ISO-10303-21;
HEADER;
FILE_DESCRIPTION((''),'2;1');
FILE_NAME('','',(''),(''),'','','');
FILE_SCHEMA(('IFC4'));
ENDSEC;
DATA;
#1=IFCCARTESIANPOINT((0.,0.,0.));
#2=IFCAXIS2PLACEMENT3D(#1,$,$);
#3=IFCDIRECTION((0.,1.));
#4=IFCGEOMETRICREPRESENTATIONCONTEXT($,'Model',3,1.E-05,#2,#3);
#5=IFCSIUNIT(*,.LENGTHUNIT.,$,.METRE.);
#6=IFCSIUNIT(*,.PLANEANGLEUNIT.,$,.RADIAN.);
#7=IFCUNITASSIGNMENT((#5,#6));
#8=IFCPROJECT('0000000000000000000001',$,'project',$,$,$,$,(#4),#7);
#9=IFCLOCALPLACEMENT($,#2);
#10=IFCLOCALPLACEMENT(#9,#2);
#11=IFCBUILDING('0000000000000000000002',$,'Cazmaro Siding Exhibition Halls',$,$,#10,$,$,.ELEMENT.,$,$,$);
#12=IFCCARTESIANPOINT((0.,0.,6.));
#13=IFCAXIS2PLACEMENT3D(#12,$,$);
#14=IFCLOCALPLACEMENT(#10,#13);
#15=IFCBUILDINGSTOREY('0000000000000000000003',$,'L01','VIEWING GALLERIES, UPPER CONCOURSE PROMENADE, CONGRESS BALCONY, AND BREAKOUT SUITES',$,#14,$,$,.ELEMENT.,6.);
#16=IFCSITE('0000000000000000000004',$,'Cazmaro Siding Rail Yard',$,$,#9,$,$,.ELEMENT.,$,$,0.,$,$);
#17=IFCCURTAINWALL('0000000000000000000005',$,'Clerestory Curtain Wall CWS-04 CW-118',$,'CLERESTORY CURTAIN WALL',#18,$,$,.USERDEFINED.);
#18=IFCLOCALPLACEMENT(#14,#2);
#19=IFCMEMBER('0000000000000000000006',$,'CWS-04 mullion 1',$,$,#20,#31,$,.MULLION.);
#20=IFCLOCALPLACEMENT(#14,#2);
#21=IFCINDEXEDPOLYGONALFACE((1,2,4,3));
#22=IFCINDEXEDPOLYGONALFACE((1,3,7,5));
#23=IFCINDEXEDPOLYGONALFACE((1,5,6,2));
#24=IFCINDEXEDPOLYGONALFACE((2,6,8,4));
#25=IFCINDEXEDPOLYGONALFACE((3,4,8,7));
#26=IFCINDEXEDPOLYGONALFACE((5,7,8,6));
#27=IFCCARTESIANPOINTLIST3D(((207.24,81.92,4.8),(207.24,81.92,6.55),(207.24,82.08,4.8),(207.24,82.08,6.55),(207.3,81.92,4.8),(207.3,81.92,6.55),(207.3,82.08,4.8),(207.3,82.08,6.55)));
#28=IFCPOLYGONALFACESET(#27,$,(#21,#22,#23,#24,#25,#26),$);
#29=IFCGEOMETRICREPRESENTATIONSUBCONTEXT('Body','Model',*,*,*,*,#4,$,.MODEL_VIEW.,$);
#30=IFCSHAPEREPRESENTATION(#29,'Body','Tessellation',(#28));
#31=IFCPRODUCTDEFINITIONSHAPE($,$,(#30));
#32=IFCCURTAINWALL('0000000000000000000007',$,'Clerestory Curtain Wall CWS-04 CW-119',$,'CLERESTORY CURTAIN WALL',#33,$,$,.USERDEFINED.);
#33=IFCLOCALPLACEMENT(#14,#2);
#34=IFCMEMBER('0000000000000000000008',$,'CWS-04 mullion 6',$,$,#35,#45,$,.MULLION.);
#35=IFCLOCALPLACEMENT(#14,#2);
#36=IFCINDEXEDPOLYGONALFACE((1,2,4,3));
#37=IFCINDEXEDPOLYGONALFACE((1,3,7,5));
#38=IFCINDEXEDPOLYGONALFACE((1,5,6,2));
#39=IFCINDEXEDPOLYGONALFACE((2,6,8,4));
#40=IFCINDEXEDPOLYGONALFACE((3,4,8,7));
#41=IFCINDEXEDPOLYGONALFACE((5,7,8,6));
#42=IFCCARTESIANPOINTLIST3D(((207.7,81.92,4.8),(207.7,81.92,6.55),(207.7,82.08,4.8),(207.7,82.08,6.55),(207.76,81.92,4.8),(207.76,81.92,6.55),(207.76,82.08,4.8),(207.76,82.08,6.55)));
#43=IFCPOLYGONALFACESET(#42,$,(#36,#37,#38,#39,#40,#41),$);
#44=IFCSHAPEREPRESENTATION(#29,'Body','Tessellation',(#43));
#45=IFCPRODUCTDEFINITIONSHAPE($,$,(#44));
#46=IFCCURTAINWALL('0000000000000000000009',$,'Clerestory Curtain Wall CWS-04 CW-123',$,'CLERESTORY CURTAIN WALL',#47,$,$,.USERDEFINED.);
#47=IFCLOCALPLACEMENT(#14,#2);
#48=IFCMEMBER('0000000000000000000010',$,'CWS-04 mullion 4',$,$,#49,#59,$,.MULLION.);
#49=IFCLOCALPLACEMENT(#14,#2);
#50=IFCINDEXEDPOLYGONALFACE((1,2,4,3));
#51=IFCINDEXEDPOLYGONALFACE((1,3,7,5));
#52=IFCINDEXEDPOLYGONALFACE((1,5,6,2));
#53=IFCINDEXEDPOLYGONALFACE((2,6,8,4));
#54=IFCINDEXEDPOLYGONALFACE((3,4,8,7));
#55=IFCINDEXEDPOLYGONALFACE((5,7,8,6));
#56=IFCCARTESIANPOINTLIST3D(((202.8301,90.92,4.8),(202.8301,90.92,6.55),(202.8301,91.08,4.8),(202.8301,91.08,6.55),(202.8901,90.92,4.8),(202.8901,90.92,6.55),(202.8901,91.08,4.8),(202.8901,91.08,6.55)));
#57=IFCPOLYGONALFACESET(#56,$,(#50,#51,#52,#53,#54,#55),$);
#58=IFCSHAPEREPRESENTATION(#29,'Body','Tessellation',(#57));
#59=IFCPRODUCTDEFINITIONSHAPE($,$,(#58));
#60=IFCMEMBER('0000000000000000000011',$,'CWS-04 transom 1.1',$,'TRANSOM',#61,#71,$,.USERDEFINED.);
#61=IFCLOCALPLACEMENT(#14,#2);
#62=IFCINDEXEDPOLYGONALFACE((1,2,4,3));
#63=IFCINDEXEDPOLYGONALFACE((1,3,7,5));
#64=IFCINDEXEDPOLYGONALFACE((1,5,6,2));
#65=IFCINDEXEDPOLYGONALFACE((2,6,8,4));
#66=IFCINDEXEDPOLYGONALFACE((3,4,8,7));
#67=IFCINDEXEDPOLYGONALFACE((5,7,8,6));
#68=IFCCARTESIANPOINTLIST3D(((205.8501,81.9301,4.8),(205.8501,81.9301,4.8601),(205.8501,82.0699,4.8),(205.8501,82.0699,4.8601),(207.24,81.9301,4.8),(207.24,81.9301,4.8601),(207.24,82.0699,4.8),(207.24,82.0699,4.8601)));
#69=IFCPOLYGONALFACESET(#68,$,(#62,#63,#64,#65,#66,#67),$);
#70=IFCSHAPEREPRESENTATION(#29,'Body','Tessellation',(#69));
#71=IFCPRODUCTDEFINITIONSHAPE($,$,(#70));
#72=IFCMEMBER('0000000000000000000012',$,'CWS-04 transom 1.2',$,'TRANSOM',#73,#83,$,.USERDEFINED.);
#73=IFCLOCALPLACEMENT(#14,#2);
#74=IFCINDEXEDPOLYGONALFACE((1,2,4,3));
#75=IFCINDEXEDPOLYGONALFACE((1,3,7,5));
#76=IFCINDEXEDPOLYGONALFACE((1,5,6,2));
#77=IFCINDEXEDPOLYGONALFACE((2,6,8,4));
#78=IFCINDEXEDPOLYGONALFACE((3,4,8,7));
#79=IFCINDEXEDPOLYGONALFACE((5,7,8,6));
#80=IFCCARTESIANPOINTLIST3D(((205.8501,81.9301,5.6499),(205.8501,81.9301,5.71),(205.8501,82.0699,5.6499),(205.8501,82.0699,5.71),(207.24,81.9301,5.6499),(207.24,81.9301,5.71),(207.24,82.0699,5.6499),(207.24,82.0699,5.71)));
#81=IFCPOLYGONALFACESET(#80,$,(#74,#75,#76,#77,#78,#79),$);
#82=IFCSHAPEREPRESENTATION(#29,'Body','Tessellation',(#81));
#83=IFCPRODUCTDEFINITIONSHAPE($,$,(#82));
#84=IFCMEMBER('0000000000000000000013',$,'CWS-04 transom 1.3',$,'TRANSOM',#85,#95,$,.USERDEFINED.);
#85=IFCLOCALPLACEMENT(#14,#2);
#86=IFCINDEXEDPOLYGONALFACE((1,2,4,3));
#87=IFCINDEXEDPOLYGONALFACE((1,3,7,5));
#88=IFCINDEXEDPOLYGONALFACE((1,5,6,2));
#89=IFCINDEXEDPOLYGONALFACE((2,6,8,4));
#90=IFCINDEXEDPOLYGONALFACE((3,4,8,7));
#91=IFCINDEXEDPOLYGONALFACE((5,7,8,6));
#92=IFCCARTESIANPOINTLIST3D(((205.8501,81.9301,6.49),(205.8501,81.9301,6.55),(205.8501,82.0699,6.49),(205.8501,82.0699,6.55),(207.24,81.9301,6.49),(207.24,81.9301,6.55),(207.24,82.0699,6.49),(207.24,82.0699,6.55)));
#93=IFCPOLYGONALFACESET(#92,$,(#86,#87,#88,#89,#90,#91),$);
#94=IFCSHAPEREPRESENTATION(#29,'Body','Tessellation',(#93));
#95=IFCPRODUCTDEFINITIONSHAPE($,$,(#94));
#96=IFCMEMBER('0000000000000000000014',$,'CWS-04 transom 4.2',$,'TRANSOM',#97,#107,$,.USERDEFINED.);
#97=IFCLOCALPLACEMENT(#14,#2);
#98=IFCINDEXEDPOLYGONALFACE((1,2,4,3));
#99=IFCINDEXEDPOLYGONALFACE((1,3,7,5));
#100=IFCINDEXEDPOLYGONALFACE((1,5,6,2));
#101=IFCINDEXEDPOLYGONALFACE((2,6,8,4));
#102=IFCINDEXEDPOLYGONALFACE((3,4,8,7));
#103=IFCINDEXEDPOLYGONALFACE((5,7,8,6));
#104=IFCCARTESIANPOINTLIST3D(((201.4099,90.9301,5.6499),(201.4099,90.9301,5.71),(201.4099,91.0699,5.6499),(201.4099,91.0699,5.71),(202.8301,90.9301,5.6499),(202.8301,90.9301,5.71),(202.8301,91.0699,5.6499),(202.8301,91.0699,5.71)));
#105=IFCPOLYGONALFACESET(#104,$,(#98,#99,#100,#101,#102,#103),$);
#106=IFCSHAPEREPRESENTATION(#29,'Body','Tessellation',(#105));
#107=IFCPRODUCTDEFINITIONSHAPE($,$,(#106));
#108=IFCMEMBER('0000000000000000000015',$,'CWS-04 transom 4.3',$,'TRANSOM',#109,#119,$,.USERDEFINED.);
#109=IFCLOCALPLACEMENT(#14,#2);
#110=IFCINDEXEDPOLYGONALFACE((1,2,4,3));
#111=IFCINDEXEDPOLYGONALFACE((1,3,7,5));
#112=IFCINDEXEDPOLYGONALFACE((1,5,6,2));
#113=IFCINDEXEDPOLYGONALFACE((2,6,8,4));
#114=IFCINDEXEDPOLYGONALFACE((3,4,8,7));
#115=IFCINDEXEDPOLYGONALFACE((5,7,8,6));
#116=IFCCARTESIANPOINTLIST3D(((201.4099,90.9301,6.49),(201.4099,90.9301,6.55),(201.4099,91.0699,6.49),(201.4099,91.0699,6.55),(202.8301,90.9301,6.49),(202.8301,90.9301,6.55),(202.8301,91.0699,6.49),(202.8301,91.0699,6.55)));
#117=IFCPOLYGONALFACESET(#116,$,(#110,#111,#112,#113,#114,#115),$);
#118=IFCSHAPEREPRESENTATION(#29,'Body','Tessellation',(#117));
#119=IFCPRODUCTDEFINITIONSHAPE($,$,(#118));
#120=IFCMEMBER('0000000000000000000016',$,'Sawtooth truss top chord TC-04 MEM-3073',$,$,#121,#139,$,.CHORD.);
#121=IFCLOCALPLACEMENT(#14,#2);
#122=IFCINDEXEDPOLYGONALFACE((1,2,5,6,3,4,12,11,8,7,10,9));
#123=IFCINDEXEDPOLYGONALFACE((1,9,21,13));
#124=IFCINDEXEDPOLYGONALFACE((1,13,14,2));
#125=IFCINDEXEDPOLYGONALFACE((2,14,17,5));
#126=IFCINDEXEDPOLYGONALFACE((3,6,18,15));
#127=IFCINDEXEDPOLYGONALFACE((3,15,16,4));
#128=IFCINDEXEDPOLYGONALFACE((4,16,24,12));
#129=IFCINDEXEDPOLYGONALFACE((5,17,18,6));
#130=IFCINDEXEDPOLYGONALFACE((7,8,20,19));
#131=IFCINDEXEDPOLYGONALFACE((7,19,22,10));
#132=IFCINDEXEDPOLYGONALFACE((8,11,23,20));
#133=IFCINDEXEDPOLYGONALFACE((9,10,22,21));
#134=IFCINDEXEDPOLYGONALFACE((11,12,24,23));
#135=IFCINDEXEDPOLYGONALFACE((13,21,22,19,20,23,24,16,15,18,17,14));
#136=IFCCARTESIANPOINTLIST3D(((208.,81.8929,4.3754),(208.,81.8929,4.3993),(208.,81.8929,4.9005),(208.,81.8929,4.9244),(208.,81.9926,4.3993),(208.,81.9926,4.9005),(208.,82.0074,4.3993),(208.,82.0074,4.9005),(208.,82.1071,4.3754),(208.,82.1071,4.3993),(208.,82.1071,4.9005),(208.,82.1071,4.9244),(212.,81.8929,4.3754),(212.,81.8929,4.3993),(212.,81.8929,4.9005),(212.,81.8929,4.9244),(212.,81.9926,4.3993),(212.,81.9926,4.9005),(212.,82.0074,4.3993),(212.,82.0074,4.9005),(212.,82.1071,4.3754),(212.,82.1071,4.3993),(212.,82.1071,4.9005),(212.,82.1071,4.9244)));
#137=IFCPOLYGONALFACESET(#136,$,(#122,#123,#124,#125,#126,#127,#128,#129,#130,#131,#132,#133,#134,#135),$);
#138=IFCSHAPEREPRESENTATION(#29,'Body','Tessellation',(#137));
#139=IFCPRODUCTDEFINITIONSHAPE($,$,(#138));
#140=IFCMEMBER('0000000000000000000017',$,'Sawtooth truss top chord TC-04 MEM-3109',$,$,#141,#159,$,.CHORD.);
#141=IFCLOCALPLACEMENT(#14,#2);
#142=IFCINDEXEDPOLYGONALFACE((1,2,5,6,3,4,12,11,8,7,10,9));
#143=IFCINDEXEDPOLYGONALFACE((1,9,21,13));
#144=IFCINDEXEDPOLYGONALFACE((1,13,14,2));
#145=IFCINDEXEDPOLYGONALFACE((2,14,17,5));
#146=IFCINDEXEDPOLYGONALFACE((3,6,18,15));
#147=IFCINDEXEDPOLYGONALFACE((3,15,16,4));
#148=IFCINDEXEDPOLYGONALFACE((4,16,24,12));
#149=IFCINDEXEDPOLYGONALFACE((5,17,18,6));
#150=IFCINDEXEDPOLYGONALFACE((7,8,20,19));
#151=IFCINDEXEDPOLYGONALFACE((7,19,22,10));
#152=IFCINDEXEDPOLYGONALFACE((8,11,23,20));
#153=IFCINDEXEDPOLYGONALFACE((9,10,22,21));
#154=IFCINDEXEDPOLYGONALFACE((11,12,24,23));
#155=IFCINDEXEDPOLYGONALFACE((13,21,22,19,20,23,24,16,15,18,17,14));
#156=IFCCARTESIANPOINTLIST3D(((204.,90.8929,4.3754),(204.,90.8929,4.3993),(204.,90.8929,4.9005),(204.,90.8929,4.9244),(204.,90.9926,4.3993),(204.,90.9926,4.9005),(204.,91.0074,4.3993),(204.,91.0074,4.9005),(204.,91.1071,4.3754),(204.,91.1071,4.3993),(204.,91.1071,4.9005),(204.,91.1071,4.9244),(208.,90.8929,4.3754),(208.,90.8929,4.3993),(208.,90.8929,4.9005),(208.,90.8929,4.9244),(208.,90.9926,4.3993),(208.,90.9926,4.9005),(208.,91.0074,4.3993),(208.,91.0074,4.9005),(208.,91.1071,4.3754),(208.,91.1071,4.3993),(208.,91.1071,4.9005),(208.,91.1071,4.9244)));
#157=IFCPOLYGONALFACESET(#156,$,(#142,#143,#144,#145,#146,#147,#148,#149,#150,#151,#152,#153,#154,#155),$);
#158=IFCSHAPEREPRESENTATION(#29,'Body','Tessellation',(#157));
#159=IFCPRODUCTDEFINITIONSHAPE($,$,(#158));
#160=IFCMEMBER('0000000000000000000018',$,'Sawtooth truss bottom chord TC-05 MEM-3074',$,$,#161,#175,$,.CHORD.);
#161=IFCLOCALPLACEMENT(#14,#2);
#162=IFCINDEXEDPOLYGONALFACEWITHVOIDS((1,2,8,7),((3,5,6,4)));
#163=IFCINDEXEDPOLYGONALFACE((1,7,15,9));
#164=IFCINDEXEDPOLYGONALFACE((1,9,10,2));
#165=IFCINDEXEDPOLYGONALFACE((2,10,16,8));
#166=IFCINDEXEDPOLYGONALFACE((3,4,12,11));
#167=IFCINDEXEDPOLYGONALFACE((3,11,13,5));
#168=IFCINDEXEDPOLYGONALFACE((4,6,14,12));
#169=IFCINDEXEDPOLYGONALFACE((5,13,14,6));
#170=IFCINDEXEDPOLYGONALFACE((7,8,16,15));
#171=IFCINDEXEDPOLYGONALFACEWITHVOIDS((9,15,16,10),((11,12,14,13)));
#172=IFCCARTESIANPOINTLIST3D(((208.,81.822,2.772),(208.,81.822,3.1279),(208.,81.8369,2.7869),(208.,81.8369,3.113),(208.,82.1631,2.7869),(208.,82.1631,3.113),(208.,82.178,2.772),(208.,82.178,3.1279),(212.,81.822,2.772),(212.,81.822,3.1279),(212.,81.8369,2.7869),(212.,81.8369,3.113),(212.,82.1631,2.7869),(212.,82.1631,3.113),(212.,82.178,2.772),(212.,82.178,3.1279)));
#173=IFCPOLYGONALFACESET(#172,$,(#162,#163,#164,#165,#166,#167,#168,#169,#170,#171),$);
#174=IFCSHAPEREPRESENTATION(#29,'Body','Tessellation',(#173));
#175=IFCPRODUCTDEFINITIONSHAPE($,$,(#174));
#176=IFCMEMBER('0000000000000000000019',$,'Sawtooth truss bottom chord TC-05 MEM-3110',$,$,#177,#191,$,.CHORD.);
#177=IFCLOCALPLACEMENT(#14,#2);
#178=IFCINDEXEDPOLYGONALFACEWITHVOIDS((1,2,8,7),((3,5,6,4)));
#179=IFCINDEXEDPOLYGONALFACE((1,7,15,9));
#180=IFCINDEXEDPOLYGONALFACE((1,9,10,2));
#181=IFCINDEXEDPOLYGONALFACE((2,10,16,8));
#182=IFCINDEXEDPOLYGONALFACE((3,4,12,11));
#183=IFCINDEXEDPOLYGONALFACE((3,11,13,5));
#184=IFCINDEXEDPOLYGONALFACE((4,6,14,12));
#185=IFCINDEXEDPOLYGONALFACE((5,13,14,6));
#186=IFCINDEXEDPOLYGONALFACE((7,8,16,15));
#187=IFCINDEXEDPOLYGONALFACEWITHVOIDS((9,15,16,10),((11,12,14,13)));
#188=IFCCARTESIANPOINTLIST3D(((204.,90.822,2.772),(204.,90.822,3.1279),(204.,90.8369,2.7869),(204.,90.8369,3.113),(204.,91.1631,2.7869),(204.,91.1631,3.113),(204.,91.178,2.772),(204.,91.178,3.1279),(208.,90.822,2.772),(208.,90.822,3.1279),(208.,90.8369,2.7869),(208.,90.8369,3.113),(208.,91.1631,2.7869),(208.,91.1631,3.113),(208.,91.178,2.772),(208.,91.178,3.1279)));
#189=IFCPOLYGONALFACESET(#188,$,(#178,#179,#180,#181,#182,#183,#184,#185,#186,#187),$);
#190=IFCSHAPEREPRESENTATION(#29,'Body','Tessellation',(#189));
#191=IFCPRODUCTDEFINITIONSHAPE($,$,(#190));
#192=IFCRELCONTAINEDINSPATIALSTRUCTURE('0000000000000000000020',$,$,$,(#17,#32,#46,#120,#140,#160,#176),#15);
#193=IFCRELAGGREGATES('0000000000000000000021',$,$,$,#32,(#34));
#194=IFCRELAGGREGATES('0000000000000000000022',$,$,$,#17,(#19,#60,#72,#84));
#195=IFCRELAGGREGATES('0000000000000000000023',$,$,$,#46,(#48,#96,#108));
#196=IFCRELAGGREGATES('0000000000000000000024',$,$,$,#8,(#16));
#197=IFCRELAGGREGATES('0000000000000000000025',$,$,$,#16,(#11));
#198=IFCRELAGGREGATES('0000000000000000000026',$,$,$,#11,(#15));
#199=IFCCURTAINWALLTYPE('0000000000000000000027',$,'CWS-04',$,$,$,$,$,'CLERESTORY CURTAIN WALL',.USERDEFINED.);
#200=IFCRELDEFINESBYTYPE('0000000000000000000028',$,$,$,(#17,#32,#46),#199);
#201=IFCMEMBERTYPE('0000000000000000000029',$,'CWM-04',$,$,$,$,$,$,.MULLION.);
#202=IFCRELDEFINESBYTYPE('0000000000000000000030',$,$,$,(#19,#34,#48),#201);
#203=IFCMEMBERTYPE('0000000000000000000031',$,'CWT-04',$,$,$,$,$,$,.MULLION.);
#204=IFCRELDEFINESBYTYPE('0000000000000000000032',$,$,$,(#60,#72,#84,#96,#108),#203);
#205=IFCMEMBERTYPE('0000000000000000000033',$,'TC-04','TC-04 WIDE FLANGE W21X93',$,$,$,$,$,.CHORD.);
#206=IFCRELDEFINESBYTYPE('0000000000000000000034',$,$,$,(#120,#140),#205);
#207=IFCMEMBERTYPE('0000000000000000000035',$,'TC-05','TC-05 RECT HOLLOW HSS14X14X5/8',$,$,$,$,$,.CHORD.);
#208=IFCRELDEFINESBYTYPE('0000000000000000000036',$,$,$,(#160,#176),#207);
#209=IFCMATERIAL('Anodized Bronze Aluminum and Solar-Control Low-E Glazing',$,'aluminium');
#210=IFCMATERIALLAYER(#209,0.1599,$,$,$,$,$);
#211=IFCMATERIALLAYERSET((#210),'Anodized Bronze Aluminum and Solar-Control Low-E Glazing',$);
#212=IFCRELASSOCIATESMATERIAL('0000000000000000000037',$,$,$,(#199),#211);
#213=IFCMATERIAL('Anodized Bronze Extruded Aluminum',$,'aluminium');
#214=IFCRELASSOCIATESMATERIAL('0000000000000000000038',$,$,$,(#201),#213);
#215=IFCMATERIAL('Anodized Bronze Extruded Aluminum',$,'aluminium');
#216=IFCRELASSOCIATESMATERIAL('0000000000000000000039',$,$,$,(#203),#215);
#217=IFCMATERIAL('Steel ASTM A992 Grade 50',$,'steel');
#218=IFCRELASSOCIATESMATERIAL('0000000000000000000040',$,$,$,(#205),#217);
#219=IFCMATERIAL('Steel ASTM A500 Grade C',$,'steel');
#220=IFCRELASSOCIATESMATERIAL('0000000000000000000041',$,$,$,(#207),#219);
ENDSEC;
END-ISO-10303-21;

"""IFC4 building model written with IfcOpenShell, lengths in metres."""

from ifc_helpers import new_model, si_unit, direction, frame, origin, origin_2d, place, context, subcontext, project, spatial, rectangle, hollow_rectangle, i_section, extrude, material, layer, layer_set, material_profile, profile_set, type_object, element, aggregate, save


model = new_model("IFC4")

# Units and contexts
model_context = context("Model", 3, precision=1e-05, world=origin(), true_north=direction((0.0, 1.0)))
body_context = subcontext(model_context, "Body", "Model", "MODEL_VIEW")
ifc_project = project(units=[si_unit("LENGTHUNIT", "METRE"), si_unit("PLANEANGLEUNIT", "RADIAN")], contexts=[model_context])

# Site, building, storey
site_placement = place(None, origin())
site = spatial("IfcSite", under=ifc_project, at=site_placement, Name="Cazmaro Siding Rail Yard", CompositionType="ELEMENT", RefElevation=0.0)
building_placement = place(site_placement, origin())
building = spatial("IfcBuilding", under=site, at=building_placement, Name="Cazmaro Siding Exhibition Halls", CompositionType="ELEMENT")
storey_placement = place(building_placement, frame((0.0, 0.0, 6.0)))
storey = spatial("IfcBuildingStorey", under=building, at=storey_placement, Name="L01", Description="VIEWING GALLERIES, UPPER CONCOURSE PROMENADE, CONGRESS BALCONY, AND BREAKOUT SUITES", CompositionType="ELEMENT", Elevation=6.0)

# Curtain walls, members
ifc_material_1 = material(Name="Anodized Bronze Aluminum and Solar-Control Low-E Glazing", Category="aluminium")
ifc_layer_1 = layer(ifc_material_1, 0.1599)
ifc_layer_set_1 = layer_set([ifc_layer_1], Name="Anodized Bronze Aluminum and Solar-Control Low-E Glazing")
curtain_wall_type = type_object("IfcCurtainWallType", Name="CWS-04", ElementType="CLERESTORY CURTAIN WALL", PredefinedType="USERDEFINED", material=ifc_layer_set_1)
curtain_wall_1_placement = place(storey_placement, origin())
curtain_wall_1 = element("IfcCurtainWall", 1, at=curtain_wall_1_placement, inside=storey, type_object=curtain_wall_type, Name="Clerestory Curtain Wall CWS-04 CW-118", ObjectType="CLERESTORY CURTAIN WALL", PredefinedType="USERDEFINED")
ifc_material_2 = material(Name="Anodized Bronze Extruded Aluminum", Category="aluminium")
ifc_material_profile_1 = material_profile(ifc_material_2, rectangle(XDim=0.1599, YDim=0.0601, at=origin_2d()), Name="CWM-04")
ifc_profile_set_1 = profile_set([ifc_material_profile_1], Name="Anodized Bronze Extruded Aluminum")
member_type_1 = type_object("IfcMemberType", Name="CWM-04", PredefinedType="MULLION", material=ifc_profile_set_1)
member_1_placement = place(storey_placement, frame((207.27, 82.0, 4.8), z_axis=(0.0, 0.0, 1.0), x_axis=(0.0, -1.0, 0.0)))
member_1 = element("IfcMember", 2, at=member_1_placement, type_object=member_type_1, Name="CWS-04 mullion 1", PredefinedType="MULLION", context=body_context, shape_type="SweptSolid", body=[
    extrude(rectangle(XDim=0.1599, YDim=0.0601, at=origin_2d()), origin(), (0.0, 0.0, 1.0), 1.75),
])
curtain_wall_2_placement = place(storey_placement, origin())
curtain_wall_2 = element("IfcCurtainWall", 3, at=curtain_wall_2_placement, inside=storey, type_object=curtain_wall_type, Name="Clerestory Curtain Wall CWS-04 CW-119", ObjectType="CLERESTORY CURTAIN WALL", PredefinedType="USERDEFINED")
member_2_placement = place(storey_placement, frame((207.73, 82.0, 4.8), z_axis=(0.0, 0.0, 1.0), x_axis=(0.0, -1.0, 0.0)))
member_2 = element("IfcMember", 4, at=member_2_placement, type_object=member_type_1, Name="CWS-04 mullion 6", PredefinedType="MULLION", context=body_context, shape_type="SweptSolid", body=[
    extrude(rectangle(XDim=0.1599, YDim=0.0601, at=origin_2d()), origin(), (0.0, 0.0, 1.0), 1.75),
])
aggregate(curtain_wall_2, [member_2])
curtain_wall_3_placement = place(storey_placement, origin())
curtain_wall_3 = element("IfcCurtainWall", 5, at=curtain_wall_3_placement, inside=storey, type_object=curtain_wall_type, Name="Clerestory Curtain Wall CWS-04 CW-123", ObjectType="CLERESTORY CURTAIN WALL", PredefinedType="USERDEFINED")
member_3_placement = place(storey_placement, frame((202.8601, 91.0, 4.8), z_axis=(0.0, 0.0, 1.0), x_axis=(0.0, -1.0, 0.0)))
member_3 = element("IfcMember", 6, at=member_3_placement, type_object=member_type_1, Name="CWS-04 mullion 4", PredefinedType="MULLION", context=body_context, shape_type="SweptSolid", body=[
    extrude(rectangle(XDim=0.1599, YDim=0.0601, at=origin_2d()), origin(), (0.0, 0.0, 1.0), 1.75),
])

# Members
ifc_material_3 = material(Name="Anodized Bronze Extruded Aluminum", Category="aluminium")
ifc_material_profile_2 = material_profile(ifc_material_3, rectangle(XDim=0.1399, YDim=0.0601, at=origin_2d()), Name="CWT-04")
ifc_profile_set_2 = profile_set([ifc_material_profile_2], Name="Anodized Bronze Extruded Aluminum")
member_type_2 = type_object("IfcMemberType", Name="CWT-04", PredefinedType="MULLION", material=ifc_profile_set_2)
member_4_placement = place(storey_placement, frame((207.24, 82.0, 4.8301), z_axis=(-1.0, 0.0, 0.0), x_axis=(0.0, -1.0, 0.0)))
member_4 = element("IfcMember", 7, at=member_4_placement, type_object=member_type_2, Name="CWS-04 transom 1.1", ObjectType="TRANSOM", PredefinedType="USERDEFINED", context=body_context, shape_type="SweptSolid", body=[
    extrude(rectangle(XDim=0.1399, YDim=0.0601, at=origin_2d()), origin(), (0.0, 0.0, 1.0), 1.3899),
])
member_5_placement = place(storey_placement, frame((207.24, 82.0, 5.6799), z_axis=(-1.0, 0.0, 0.0), x_axis=(0.0, -1.0, 0.0)))
member_5 = element("IfcMember", 8, at=member_5_placement, type_object=member_type_2, Name="CWS-04 transom 1.2", ObjectType="TRANSOM", PredefinedType="USERDEFINED", context=body_context, shape_type="SweptSolid", body=[
    extrude(rectangle(XDim=0.1399, YDim=0.0601, at=origin_2d()), origin(), (0.0, 0.0, 1.0), 1.3899),
])
member_6_placement = place(storey_placement, frame((207.24, 82.0, 6.52), z_axis=(-1.0, 0.0, 0.0), x_axis=(0.0, -1.0, 0.0)))
member_6 = element("IfcMember", 9, at=member_6_placement, type_object=member_type_2, Name="CWS-04 transom 1.3", ObjectType="TRANSOM", PredefinedType="USERDEFINED", context=body_context, shape_type="SweptSolid", body=[
    extrude(rectangle(XDim=0.1399, YDim=0.0601, at=origin_2d()), origin(), (0.0, 0.0, 1.0), 1.3899),
])
member_7_placement = place(storey_placement, frame((202.8301, 91.0, 5.6799), z_axis=(-1.0, 0.0, 0.0), x_axis=(0.0, -1.0, 0.0)))
member_7 = element("IfcMember", 10, at=member_7_placement, type_object=member_type_2, Name="CWS-04 transom 4.2", ObjectType="TRANSOM", PredefinedType="USERDEFINED", context=body_context, shape_type="SweptSolid", body=[
    extrude(rectangle(XDim=0.1399, YDim=0.0601, at=origin_2d()), origin(), (0.0, 0.0, 1.0), 1.4202),
])
member_8_placement = place(storey_placement, frame((202.8301, 91.0, 6.52), z_axis=(-1.0, 0.0, 0.0), x_axis=(0.0, -1.0, 0.0)))
member_8 = element("IfcMember", 11, at=member_8_placement, type_object=member_type_2, Name="CWS-04 transom 4.3", ObjectType="TRANSOM", PredefinedType="USERDEFINED", context=body_context, shape_type="SweptSolid", body=[
    extrude(rectangle(XDim=0.1399, YDim=0.0601, at=origin_2d()), origin(), (0.0, 0.0, 1.0), 1.4202),
])

# Members
ifc_material_4 = material(Name="Steel ASTM A992 Grade 50", Category="steel")
ifc_material_profile_3 = material_profile(ifc_material_4, i_section(OverallWidth=0.2141, OverallDepth=0.5491, WebThickness=0.0149, FlangeThickness=0.0239, at=origin_2d()), Name="W21X93")
ifc_profile_set_3 = profile_set([ifc_material_profile_3], Name="Steel ASTM A992 Grade 50")
member_type_3 = type_object("IfcMemberType", Name="TC-04", Description="TC-04 WIDE FLANGE W21X93", PredefinedType="CHORD", material=ifc_profile_set_3)
for number, where, z_axis, x_axis, name in (
    (12, (208.0, 82.0, 4.6499), (1.0, 0.0, 0.0), (0.0, 1.0, 0.0), "Sawtooth truss top chord TC-04 MEM-3073"),
    (13, (204.0, 91.0, 4.6499), (1.0, 0.0, 0.0), (0.0, 1.0, 0.0), "Sawtooth truss top chord TC-04 MEM-3109"),
):
    element("IfcMember", number, at=place(storey_placement, frame(where, z_axis=z_axis, x_axis=x_axis)), inside=storey, type_object=member_type_3, Name=name, PredefinedType="CHORD", context=body_context, shape_type="SweptSolid", body=[
        extrude(i_section(OverallWidth=0.2141, OverallDepth=0.5491, WebThickness=0.0149, FlangeThickness=0.0239, at=origin_2d()), origin(), (0.0, 0.0, 1.0), 4.0),
    ])
ifc_material_5 = material(Name="Steel ASTM A500 Grade C", Category="steel")
ifc_material_profile_4 = material_profile(ifc_material_5, hollow_rectangle(XDim=0.356, YDim=0.356, WallThickness=0.0149, at=origin_2d()), Name="HSS14X14X5/8")
ifc_profile_set_4 = profile_set([ifc_material_profile_4], Name="Steel ASTM A500 Grade C")
member_type_4 = type_object("IfcMemberType", Name="TC-05", Description="TC-05 RECT HOLLOW HSS14X14X5/8", PredefinedType="CHORD", material=ifc_profile_set_4)
for number, where, z_axis, x_axis, name in (
    (14, (208.0, 82.0, 2.95), (1.0, 0.0, 0.0), (0.0, 1.0, 0.0), "Sawtooth truss bottom chord TC-05 MEM-3074"),
    (15, (204.0, 91.0, 2.95), (1.0, 0.0, 0.0), (0.0, 1.0, 0.0), "Sawtooth truss bottom chord TC-05 MEM-3110"),
):
    element("IfcMember", number, at=place(storey_placement, frame(where, z_axis=z_axis, x_axis=x_axis)), inside=storey, type_object=member_type_4, Name=name, PredefinedType="CHORD", context=body_context, shape_type="SweptSolid", body=[
        extrude(hollow_rectangle(XDim=0.356, YDim=0.356, WallThickness=0.0149, at=origin_2d()), origin(), (0.0, 0.0, 1.0), 4.0),
    ])

aggregate(curtain_wall_1, [member_1, member_4, member_5, member_6])
aggregate(curtain_wall_3, [member_3, member_7, member_8])

save(model, "model.ifc")
